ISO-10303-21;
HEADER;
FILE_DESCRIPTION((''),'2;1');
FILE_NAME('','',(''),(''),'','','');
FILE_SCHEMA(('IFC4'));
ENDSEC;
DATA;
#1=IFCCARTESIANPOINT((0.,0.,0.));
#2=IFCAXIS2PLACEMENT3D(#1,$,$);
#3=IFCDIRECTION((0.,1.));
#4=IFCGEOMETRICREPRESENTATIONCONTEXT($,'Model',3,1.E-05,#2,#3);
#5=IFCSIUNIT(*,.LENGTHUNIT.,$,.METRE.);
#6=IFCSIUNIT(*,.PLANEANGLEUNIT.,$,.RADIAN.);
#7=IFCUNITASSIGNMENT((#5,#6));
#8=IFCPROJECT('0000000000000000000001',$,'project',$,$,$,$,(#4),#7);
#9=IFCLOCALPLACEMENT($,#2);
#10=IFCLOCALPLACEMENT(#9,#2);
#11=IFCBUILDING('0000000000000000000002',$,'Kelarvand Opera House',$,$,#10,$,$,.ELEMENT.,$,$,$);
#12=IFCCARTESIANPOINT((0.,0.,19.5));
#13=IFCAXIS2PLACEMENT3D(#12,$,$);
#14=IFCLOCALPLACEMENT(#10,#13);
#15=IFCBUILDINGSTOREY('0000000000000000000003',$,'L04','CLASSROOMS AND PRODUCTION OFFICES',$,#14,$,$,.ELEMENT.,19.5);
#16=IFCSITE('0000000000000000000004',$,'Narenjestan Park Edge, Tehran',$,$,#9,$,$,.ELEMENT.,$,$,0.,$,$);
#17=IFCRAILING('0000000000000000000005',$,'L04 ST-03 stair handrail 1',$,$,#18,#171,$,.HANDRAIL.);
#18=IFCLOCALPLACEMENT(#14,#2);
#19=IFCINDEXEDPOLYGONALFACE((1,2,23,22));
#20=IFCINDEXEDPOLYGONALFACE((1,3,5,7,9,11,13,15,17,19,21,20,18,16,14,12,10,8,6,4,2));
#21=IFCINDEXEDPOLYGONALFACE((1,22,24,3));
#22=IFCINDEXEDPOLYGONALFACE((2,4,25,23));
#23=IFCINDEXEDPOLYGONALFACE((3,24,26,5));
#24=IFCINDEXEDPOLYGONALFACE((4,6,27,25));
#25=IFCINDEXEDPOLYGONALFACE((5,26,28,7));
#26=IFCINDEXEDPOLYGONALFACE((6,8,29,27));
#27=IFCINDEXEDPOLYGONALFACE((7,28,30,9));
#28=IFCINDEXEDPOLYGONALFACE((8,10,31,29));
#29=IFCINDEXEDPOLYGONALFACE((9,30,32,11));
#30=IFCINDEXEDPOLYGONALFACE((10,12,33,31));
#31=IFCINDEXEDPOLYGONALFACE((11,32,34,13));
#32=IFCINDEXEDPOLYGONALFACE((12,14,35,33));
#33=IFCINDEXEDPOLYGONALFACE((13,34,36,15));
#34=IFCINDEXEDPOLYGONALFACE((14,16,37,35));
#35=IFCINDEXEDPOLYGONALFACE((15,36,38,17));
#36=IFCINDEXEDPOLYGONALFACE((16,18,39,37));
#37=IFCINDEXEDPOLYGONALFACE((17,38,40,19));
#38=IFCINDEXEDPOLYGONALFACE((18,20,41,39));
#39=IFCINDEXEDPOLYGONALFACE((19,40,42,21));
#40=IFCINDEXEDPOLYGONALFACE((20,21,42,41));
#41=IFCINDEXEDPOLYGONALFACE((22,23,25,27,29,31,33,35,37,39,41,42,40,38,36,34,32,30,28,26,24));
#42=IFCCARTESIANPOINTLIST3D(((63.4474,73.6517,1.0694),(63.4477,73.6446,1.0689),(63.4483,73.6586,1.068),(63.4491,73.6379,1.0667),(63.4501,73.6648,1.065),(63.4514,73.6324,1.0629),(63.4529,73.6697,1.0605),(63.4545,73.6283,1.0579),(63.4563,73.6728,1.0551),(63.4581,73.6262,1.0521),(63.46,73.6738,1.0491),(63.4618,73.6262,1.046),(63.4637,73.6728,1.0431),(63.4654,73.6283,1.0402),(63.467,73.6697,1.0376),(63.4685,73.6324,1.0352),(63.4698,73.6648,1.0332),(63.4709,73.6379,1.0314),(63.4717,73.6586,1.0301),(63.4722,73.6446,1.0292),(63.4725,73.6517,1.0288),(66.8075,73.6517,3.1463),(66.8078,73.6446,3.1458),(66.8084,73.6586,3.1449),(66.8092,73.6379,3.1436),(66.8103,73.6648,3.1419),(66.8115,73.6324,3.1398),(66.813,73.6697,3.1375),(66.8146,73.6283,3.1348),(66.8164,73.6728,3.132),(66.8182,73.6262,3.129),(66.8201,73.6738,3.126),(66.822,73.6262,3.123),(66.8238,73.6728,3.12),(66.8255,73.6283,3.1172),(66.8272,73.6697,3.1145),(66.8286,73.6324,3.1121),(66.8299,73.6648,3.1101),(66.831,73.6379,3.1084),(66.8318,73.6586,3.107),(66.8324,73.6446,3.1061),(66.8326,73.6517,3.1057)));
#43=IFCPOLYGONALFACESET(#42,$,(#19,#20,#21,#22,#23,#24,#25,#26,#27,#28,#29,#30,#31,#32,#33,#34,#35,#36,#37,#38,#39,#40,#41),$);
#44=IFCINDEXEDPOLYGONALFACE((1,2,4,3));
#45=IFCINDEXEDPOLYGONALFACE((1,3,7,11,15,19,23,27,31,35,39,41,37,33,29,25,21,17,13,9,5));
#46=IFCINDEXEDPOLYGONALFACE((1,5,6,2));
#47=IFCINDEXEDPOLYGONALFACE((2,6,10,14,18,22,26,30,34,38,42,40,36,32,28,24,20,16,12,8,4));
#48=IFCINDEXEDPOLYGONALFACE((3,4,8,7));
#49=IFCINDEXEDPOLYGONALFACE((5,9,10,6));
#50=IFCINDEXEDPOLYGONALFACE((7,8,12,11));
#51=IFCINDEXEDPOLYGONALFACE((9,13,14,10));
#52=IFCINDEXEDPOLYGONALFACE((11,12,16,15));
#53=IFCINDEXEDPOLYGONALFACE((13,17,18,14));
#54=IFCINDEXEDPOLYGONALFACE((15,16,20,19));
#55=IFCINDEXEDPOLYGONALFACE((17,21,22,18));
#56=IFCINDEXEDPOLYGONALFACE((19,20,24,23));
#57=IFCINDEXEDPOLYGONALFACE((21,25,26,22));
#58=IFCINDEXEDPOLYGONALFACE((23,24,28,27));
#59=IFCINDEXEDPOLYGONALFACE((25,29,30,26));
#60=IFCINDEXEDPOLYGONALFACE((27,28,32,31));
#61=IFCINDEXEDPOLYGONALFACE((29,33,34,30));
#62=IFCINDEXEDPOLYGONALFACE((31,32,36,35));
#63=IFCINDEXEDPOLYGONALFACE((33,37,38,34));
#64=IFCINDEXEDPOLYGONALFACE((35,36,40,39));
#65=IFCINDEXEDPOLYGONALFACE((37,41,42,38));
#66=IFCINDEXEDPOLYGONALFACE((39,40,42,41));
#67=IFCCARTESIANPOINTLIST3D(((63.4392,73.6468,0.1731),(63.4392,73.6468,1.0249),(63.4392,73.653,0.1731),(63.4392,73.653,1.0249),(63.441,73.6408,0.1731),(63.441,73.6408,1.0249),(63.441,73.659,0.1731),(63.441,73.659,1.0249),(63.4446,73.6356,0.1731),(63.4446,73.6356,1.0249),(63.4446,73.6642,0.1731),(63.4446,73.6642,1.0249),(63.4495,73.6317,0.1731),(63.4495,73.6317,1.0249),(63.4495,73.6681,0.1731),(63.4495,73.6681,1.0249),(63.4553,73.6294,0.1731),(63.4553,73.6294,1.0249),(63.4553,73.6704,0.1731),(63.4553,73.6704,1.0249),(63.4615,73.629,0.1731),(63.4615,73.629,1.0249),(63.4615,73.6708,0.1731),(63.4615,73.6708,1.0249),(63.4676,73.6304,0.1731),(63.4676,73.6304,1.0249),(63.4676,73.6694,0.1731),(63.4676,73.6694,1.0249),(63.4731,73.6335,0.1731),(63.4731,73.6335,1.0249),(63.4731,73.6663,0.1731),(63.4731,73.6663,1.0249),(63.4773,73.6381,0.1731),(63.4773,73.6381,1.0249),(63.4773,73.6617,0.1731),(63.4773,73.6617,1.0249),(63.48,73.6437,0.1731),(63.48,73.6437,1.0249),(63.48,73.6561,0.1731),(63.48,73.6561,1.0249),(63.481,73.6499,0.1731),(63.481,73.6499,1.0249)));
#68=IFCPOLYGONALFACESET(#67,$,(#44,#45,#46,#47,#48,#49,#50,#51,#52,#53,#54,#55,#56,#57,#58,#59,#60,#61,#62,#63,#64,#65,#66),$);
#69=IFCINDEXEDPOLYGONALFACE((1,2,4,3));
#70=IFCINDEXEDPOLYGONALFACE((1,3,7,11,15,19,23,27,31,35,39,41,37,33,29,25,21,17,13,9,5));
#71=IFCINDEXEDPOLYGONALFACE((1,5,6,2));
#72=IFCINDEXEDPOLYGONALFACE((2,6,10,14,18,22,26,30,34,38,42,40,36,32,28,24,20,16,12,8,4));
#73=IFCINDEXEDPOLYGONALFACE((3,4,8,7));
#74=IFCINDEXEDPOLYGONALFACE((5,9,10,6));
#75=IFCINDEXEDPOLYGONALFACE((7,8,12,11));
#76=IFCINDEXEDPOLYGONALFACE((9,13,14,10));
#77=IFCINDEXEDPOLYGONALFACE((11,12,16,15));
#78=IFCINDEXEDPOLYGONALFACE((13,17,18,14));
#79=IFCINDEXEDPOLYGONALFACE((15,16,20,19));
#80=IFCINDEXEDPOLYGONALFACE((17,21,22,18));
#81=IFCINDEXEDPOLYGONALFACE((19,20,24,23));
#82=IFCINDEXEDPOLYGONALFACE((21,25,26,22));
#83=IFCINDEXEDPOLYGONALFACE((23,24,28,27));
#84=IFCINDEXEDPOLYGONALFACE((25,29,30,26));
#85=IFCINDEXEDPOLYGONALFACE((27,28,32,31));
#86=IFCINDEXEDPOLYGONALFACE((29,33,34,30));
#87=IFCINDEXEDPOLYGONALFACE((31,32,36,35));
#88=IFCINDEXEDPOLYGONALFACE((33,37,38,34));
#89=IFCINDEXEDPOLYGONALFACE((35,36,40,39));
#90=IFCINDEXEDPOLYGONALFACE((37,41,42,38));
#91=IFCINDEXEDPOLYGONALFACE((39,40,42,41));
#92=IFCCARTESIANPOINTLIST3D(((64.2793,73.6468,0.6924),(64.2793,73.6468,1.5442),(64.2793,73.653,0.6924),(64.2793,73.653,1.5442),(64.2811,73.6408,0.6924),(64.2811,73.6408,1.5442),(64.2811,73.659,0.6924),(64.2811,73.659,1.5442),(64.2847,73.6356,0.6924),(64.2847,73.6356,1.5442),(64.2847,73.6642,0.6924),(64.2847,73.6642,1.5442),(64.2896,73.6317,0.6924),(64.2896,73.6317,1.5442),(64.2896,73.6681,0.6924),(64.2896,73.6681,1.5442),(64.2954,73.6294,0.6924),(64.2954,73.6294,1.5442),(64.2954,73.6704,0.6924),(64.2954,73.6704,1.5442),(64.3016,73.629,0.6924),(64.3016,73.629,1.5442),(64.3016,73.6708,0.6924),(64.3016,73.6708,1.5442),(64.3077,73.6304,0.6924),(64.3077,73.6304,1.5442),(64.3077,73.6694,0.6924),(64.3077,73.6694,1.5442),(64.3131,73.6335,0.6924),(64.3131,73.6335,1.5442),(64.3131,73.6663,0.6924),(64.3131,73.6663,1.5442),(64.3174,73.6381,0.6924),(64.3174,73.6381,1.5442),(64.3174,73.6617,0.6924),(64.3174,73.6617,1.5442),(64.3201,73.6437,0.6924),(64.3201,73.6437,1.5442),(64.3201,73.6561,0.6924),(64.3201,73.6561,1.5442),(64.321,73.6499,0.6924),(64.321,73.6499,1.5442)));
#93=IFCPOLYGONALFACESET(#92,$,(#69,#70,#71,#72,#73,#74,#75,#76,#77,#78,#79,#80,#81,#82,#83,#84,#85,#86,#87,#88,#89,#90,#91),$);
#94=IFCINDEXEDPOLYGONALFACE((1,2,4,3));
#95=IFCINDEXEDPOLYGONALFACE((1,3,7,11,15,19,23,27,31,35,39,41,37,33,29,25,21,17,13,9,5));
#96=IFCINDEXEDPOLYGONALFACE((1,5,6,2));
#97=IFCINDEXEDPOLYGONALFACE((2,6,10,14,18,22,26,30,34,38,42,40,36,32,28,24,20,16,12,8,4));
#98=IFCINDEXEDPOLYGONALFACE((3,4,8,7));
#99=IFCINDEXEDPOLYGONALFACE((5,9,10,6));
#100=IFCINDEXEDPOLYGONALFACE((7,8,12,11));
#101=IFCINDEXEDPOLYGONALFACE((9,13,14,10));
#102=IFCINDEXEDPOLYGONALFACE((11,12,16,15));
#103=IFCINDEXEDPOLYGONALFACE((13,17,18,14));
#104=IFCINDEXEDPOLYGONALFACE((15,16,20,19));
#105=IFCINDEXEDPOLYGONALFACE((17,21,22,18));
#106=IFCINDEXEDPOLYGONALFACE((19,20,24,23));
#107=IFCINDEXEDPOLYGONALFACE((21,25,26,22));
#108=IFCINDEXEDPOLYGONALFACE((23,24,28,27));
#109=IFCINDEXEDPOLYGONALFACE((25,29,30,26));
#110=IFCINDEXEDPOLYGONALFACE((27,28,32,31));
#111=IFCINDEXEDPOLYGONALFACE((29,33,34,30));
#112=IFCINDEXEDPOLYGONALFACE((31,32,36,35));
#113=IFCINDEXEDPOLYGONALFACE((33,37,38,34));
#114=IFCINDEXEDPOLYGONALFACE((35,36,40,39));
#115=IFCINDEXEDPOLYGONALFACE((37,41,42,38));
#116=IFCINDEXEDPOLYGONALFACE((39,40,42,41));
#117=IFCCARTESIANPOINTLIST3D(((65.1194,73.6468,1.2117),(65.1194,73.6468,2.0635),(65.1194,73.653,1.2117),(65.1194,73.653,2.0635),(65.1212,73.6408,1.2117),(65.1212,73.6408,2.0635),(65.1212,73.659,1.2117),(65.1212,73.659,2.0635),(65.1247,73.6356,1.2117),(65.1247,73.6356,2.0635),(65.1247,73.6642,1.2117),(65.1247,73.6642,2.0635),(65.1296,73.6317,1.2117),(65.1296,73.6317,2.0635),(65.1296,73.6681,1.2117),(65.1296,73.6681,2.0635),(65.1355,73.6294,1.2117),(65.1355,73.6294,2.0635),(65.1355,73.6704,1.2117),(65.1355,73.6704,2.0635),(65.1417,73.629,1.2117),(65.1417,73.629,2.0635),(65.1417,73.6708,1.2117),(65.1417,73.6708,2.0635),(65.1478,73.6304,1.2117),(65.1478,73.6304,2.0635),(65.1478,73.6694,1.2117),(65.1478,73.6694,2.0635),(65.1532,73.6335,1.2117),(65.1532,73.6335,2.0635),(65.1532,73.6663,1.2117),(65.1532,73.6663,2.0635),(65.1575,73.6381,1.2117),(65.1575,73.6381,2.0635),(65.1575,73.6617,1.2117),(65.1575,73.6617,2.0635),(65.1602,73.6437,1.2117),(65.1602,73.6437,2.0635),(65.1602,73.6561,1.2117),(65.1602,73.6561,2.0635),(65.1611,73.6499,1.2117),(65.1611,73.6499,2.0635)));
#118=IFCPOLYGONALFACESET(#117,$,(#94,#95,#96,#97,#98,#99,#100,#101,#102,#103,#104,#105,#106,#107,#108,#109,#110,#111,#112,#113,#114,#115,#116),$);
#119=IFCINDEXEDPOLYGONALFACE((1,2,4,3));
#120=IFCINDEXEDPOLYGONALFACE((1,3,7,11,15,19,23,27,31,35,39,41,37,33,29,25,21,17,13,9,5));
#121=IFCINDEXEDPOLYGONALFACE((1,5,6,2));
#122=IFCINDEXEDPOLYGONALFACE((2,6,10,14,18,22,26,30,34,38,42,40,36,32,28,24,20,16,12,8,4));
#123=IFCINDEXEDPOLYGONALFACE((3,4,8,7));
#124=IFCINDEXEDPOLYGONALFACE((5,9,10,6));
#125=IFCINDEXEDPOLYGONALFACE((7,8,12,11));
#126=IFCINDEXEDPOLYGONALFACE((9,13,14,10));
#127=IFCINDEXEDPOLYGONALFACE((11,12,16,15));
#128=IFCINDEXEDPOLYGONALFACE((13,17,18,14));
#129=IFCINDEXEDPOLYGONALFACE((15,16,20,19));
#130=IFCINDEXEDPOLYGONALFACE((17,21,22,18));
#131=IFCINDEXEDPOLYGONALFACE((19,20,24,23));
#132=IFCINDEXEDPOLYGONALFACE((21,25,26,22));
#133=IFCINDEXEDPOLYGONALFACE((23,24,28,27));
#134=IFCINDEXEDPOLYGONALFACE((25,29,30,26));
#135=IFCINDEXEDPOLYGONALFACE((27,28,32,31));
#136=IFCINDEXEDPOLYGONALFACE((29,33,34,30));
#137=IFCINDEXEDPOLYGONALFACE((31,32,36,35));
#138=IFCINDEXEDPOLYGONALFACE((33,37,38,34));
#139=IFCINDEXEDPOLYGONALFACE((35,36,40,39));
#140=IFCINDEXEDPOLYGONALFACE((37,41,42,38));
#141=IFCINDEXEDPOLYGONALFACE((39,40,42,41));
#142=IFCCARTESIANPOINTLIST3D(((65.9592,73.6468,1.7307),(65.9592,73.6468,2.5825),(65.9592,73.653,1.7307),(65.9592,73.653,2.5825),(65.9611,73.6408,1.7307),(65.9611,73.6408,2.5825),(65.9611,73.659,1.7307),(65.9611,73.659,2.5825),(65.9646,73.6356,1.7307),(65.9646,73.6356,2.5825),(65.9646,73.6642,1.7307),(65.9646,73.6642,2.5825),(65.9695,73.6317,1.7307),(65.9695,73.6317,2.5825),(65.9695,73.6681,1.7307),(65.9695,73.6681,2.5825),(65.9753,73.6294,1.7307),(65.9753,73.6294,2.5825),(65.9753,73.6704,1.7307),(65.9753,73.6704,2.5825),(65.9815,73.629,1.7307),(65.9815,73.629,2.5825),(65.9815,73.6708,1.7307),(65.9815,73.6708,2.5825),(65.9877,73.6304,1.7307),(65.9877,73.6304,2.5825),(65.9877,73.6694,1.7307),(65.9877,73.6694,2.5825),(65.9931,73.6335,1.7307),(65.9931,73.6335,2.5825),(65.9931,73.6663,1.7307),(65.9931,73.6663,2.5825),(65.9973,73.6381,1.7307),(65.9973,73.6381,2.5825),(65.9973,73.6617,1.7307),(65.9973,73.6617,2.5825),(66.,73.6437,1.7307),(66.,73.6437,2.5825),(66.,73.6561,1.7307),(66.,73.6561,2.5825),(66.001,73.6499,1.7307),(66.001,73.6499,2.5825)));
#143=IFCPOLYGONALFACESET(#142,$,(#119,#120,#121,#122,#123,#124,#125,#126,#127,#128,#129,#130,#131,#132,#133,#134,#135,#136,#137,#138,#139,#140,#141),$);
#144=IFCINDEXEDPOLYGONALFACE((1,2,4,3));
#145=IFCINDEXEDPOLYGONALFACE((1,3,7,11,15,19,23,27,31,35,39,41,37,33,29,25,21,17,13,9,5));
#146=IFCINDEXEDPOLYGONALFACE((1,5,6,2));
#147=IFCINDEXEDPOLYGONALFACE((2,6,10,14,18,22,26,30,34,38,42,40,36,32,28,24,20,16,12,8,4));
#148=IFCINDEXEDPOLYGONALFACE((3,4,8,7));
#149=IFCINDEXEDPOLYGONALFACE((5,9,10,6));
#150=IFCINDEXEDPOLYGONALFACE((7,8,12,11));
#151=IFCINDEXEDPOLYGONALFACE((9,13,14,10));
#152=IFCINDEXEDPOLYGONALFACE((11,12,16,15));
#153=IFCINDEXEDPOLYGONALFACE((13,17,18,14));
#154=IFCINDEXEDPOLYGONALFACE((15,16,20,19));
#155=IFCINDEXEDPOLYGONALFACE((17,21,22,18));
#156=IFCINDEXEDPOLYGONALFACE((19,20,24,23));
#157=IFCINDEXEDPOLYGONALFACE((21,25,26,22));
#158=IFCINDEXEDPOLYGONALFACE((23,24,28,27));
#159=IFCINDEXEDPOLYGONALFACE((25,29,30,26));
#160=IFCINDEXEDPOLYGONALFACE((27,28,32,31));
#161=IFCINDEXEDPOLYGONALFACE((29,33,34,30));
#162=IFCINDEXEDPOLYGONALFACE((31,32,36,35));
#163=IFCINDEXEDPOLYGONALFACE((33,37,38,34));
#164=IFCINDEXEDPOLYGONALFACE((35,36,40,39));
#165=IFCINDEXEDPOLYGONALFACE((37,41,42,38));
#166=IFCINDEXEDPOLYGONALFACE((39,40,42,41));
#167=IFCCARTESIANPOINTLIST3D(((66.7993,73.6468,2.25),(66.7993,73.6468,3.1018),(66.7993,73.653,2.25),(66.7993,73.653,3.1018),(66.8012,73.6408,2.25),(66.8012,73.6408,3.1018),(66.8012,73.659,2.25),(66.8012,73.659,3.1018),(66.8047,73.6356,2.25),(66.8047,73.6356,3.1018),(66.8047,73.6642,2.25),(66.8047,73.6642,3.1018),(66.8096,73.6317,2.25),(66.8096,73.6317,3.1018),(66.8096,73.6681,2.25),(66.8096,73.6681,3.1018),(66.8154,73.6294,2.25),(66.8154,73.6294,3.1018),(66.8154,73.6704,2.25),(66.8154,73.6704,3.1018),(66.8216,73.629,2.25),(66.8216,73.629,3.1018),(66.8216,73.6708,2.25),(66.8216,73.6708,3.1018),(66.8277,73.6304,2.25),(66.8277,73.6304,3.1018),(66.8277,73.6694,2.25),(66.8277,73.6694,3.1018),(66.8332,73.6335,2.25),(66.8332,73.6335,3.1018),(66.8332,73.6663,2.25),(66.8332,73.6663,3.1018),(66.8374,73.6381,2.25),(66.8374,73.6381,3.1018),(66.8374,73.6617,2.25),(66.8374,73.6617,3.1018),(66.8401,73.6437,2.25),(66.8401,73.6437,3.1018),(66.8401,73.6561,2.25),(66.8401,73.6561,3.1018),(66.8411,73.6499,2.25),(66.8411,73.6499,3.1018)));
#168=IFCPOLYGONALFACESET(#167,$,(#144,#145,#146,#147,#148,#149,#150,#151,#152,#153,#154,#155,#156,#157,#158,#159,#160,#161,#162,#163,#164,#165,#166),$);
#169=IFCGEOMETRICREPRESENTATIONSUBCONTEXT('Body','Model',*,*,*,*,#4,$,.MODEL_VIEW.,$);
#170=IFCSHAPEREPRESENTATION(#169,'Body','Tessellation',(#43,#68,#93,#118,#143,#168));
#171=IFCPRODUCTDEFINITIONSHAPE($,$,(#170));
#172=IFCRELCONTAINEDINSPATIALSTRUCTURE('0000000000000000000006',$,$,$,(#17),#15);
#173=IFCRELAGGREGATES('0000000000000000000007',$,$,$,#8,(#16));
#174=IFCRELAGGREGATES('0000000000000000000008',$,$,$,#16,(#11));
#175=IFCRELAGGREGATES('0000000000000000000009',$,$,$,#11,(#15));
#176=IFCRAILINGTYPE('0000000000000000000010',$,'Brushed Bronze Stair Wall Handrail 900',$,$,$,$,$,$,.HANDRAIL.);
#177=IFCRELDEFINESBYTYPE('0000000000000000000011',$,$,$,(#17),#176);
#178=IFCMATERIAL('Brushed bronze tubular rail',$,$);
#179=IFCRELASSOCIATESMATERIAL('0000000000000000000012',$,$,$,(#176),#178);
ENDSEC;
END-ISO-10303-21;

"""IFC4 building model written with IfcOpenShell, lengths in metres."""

from ifc_helpers import new_model, si_unit, direction, frame, origin, origin_2d, place, context, subcontext, project, spatial, circle, extrude, material, type_object, element, save


model = new_model("IFC4")

# Units and contexts
model_context = context("Model", 3, precision=1e-05, world=origin(), true_north=direction((0.0, 1.0)))
body_context = subcontext(model_context, "Body", "Model", "MODEL_VIEW")
ifc_project = project(units=[si_unit("LENGTHUNIT", "METRE"), si_unit("PLANEANGLEUNIT", "RADIAN")], contexts=[model_context])

# Site, building, storey
site_placement = place(None, origin())
site = spatial("IfcSite", under=ifc_project, at=site_placement, Name="Narenjestan Park Edge, Tehran", CompositionType="ELEMENT", RefElevation=0.0)
building_placement = place(site_placement, origin())
building = spatial("IfcBuilding", under=site, at=building_placement, Name="Kelarvand Opera House", CompositionType="ELEMENT")
storey_placement = place(building_placement, frame((0.0, 0.0, 19.5)))
storey = spatial("IfcBuildingStorey", under=building, at=storey_placement, Name="L04", Description="CLASSROOMS AND PRODUCTION OFFICES", CompositionType="ELEMENT", Elevation=19.5)

# Railing
ifc_material_1 = material(Name="Brushed bronze tubular rail")
railing_type_1 = type_object("IfcRailingType", Name="Brushed Bronze Stair Wall Handrail 900", PredefinedType="HANDRAIL", material=ifc_material_1)
railing_1_placement = place(storey_placement, frame((63.46, 73.6499, 0.1731)))
element("IfcRailing", 1, at=railing_1_placement, inside=storey, type_object=railing_type_1, Name="L04 ST-03 stair handrail 1", PredefinedType="HANDRAIL", context=body_context, shape_type="SweptSolid", body=[
    extrude(circle(Radius=0.0239, at=origin_2d()), frame((0.0, 0.0, 0.876), z_axis=(0.850623, 0.0, 0.525776), x_axis=(0.0, 1.0, 0.0)), (0.0, 0.0, 1.0), 3.9502),
    extrude(circle(Radius=0.021, at=origin_2d()), origin(), (0.0, 0.0, 1.0), 0.8518),
    extrude(circle(Radius=0.021, at=origin_2d()), frame((0.8401, 0.0, 0.5193)), (0.0, 0.0, 1.0), 0.8518),
    extrude(circle(Radius=0.021, at=origin_2d()), frame((1.6802, 0.0, 1.0386)), (0.0, 0.0, 1.0), 0.8518),
    extrude(circle(Radius=0.021, at=origin_2d()), frame((2.52, 0.0, 1.5576)), (0.0, 0.0, 1.0), 0.8518),
    extrude(circle(Radius=0.021, at=origin_2d()), frame((3.3601, 0.0, 2.0769)), (0.0, 0.0, 1.0), 0.8518),
])

save(model, "model.ifc")
